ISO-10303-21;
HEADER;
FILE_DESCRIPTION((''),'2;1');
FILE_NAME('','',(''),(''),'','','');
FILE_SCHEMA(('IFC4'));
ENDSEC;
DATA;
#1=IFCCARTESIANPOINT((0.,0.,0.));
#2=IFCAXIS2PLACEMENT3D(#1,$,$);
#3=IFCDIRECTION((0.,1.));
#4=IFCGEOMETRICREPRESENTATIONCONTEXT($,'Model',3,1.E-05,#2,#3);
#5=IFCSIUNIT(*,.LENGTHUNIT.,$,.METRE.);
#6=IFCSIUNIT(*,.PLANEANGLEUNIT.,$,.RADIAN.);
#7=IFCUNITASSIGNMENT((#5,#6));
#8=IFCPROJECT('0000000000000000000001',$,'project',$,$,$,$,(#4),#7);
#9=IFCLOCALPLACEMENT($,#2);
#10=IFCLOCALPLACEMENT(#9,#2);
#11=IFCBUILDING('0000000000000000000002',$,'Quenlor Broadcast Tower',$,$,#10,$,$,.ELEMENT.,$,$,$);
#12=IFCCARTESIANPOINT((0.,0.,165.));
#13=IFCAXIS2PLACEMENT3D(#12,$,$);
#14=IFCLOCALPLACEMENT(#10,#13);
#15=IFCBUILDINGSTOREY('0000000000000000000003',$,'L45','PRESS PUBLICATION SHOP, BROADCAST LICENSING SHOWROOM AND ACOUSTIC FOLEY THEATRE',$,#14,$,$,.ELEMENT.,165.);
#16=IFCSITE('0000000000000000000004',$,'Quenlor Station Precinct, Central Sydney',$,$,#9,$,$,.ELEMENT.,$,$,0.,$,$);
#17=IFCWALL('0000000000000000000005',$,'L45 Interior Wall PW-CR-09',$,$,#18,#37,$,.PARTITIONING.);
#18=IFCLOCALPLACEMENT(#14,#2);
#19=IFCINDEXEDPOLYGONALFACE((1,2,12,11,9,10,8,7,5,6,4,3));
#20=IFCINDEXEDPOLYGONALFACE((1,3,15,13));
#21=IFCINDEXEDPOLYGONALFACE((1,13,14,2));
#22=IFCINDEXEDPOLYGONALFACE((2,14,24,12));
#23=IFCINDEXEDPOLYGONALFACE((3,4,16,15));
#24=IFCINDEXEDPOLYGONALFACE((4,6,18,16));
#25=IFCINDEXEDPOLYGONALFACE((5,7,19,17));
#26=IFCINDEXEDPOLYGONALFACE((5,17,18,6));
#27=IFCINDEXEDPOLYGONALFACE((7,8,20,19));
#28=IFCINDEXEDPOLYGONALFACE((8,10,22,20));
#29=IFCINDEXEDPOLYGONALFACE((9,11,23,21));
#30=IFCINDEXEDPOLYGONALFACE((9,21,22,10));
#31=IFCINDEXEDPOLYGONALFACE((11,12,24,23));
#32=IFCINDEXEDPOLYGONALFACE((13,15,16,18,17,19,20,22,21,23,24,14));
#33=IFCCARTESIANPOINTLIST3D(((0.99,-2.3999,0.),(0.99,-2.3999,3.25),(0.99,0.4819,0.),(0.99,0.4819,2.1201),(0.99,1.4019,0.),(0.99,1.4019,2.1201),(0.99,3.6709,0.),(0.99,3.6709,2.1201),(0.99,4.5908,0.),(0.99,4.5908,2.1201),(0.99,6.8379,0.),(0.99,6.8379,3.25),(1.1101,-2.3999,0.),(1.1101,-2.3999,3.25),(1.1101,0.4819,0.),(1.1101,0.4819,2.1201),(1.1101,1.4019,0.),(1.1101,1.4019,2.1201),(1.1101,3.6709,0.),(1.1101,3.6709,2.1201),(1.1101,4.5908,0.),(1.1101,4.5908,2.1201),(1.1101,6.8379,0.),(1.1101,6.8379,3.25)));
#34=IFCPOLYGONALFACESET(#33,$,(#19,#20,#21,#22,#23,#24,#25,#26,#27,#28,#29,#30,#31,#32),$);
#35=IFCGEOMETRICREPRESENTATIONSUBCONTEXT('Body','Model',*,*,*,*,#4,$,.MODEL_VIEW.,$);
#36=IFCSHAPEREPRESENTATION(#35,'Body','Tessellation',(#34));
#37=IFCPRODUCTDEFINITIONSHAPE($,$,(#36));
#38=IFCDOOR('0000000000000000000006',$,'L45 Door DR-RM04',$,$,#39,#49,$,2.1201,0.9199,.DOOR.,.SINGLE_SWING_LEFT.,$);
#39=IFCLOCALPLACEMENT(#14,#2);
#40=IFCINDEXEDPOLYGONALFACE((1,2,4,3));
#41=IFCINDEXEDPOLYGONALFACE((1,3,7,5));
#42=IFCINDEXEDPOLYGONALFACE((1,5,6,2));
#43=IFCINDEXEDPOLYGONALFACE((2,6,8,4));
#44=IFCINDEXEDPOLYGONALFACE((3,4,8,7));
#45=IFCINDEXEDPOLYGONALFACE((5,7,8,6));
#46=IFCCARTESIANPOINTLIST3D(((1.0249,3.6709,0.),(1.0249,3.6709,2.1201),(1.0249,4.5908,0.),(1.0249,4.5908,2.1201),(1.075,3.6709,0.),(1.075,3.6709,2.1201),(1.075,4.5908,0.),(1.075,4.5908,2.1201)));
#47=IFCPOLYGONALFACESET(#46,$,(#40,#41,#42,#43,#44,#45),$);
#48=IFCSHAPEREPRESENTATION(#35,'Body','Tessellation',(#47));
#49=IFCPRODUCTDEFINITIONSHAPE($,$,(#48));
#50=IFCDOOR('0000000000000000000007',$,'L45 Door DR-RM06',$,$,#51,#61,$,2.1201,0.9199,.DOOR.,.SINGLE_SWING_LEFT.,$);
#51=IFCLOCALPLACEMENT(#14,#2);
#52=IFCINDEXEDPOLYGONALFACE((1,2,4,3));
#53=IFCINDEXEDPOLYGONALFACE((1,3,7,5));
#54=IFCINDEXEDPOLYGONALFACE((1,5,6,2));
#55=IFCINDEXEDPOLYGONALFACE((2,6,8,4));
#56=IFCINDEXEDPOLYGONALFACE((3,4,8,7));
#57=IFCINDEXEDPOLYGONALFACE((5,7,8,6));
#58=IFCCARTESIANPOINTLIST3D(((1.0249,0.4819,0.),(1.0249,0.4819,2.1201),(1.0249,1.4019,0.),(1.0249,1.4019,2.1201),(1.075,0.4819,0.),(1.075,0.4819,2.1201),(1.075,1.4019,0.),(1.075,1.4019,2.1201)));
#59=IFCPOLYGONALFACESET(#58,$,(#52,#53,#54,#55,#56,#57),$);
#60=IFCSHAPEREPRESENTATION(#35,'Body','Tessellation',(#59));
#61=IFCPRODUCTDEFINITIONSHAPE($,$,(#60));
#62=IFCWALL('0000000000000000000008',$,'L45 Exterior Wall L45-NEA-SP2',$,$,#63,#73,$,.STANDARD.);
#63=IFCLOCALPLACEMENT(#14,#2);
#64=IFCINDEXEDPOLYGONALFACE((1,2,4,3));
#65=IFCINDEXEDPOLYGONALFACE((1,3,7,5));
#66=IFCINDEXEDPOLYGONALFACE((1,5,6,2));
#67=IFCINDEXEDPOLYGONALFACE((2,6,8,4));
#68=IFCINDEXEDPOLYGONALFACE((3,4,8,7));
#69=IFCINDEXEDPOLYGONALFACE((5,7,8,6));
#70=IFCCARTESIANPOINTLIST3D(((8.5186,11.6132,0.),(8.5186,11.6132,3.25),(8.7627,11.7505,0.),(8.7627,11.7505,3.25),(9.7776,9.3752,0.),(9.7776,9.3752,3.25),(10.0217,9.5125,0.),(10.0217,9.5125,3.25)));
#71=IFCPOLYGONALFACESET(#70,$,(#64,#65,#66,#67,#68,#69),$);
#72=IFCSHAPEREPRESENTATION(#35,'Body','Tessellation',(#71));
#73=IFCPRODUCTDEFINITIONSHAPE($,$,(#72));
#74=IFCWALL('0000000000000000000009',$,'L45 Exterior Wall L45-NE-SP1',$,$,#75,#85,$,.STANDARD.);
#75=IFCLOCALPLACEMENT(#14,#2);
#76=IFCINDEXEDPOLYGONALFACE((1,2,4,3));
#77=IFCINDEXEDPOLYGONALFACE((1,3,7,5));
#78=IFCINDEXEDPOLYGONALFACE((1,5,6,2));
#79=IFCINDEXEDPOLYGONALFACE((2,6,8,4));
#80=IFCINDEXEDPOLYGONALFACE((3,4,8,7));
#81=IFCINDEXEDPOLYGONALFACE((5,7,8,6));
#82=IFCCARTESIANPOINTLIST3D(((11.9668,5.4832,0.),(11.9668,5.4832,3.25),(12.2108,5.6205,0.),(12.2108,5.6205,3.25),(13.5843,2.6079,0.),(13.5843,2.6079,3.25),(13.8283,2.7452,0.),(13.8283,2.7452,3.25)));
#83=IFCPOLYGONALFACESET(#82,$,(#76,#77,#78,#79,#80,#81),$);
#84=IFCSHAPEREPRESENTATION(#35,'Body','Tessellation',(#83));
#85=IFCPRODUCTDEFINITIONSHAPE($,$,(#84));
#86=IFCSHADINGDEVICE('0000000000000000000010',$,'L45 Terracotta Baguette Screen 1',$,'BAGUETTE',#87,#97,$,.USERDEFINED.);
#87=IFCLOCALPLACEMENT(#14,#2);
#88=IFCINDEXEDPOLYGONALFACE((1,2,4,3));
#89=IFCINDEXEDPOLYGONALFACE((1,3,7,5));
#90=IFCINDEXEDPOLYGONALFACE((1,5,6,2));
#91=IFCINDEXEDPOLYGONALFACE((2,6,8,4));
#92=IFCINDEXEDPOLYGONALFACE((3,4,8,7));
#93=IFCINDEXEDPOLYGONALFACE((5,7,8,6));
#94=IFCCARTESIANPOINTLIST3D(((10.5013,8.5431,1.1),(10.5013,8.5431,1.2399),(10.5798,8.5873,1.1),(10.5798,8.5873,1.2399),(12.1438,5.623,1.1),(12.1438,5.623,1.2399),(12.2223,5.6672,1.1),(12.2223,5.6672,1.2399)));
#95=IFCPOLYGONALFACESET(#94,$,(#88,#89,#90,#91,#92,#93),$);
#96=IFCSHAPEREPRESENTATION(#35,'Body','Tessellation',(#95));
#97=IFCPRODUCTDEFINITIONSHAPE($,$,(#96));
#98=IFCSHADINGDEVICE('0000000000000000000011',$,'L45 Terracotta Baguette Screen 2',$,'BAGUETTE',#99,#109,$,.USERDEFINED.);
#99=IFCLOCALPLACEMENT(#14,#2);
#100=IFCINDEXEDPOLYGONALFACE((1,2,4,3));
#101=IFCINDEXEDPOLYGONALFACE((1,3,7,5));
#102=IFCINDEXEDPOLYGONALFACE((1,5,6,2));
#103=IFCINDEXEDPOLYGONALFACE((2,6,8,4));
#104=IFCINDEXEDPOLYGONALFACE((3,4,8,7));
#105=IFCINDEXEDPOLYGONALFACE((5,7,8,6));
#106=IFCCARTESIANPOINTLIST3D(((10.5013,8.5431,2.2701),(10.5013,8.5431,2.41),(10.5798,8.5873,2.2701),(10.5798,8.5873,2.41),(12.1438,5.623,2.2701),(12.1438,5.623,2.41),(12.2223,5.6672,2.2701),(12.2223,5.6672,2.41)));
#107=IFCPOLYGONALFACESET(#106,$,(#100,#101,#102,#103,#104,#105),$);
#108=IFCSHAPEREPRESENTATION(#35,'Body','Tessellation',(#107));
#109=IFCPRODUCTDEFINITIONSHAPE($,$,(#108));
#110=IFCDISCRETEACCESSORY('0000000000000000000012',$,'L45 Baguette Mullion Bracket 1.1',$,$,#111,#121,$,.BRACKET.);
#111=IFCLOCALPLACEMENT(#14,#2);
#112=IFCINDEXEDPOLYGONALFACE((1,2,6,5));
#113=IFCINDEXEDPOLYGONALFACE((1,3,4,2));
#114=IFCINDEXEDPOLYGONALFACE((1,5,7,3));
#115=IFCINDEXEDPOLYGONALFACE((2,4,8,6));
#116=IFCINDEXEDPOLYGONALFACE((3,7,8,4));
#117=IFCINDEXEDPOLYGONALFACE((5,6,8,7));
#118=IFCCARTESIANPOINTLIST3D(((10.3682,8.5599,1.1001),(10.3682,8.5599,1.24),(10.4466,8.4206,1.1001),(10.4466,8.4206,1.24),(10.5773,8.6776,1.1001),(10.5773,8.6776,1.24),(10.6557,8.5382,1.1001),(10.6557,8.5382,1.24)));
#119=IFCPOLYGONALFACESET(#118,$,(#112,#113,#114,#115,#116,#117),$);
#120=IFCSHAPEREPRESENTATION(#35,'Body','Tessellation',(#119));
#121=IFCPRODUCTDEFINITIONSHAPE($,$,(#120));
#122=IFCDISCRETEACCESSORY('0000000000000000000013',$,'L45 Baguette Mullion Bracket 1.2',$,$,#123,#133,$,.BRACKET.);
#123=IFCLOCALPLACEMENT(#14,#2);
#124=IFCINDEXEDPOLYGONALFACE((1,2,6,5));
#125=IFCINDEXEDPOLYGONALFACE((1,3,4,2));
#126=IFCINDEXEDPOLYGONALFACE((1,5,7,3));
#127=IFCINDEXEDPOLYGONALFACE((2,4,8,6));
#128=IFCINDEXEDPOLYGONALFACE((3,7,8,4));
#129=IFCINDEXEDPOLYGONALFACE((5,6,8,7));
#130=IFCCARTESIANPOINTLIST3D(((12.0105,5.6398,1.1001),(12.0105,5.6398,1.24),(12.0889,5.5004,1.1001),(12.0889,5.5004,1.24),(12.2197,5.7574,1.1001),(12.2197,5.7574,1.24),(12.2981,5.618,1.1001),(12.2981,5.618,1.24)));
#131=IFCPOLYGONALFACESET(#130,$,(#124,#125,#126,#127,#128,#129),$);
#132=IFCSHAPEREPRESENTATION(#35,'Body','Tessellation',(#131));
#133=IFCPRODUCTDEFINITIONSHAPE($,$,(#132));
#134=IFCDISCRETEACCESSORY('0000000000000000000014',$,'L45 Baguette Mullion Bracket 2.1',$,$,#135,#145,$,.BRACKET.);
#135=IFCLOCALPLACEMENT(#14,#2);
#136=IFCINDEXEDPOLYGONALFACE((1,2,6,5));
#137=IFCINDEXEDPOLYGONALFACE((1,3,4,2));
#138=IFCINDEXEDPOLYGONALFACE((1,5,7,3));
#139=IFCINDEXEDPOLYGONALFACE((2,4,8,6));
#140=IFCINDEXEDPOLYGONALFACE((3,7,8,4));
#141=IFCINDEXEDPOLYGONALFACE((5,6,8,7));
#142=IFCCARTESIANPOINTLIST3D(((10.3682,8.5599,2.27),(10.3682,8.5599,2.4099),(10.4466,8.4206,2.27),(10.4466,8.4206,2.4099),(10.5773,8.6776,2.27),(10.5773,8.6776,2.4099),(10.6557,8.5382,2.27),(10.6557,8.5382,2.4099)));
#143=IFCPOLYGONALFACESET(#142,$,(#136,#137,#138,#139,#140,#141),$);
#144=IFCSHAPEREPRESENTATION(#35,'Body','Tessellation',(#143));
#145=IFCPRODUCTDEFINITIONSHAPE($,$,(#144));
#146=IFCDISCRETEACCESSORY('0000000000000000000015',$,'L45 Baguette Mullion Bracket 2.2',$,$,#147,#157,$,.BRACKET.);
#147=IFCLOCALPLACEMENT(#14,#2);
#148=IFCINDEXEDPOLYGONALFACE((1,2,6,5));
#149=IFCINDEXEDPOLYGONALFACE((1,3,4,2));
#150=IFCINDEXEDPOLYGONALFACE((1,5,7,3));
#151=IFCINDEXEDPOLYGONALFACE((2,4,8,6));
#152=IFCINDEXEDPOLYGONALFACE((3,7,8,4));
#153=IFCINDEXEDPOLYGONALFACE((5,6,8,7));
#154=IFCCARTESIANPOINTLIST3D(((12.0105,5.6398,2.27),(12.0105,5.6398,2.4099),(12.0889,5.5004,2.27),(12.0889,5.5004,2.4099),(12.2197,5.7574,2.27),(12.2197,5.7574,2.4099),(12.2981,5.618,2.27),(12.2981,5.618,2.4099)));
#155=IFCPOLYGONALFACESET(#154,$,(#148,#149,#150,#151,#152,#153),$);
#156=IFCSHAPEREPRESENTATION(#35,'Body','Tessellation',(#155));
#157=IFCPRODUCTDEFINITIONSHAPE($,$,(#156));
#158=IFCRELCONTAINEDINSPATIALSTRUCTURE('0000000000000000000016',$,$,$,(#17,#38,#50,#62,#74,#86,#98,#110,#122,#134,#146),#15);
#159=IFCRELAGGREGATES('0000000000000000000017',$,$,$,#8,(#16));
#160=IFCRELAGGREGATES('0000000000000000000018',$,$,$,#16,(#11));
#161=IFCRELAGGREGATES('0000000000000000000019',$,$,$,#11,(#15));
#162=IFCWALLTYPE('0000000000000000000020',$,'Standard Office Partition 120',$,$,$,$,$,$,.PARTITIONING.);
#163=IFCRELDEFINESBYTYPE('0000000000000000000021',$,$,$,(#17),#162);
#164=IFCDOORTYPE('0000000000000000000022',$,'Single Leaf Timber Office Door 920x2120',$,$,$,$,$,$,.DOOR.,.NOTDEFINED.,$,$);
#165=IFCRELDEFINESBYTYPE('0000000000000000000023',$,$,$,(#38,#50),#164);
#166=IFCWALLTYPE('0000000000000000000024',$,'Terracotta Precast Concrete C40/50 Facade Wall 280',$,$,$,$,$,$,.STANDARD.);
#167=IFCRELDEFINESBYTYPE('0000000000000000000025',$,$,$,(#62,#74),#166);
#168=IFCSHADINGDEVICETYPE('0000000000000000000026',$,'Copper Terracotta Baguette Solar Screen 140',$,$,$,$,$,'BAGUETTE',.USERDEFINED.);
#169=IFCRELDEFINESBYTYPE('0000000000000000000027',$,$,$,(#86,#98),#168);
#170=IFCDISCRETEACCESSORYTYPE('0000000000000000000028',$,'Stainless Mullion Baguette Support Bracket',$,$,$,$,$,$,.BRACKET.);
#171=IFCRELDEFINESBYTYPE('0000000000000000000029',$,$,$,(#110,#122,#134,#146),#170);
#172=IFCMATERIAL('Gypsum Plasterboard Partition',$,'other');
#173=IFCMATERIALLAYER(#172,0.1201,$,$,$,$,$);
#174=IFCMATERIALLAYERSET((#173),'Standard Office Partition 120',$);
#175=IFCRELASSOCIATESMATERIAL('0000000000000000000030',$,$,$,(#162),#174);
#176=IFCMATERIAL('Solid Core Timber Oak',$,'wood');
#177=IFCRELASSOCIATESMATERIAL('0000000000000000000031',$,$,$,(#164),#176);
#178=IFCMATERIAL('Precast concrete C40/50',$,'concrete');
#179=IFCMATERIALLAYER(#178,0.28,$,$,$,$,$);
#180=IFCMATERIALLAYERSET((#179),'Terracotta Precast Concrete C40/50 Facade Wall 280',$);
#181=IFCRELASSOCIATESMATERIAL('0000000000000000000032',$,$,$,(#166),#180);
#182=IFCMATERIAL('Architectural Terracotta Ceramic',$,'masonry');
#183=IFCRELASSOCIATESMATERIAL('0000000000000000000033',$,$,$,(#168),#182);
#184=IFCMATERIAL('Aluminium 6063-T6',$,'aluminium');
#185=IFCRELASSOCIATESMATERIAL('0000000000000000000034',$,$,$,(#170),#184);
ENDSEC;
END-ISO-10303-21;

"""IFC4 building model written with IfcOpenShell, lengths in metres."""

from ifc_helpers import new_model, si_unit, direction, frame, frame_2d, origin, origin_2d, place, context, subcontext, project, spatial, rectangle, extrude, material, layer, layer_set, material_profile, profile_set, type_object, element, fill, save


model = new_model("IFC4")

# Units and contexts
model_context = context("Model", 3, precision=1e-05, world=origin(), true_north=direction((0.0, 1.0)))
body_context = subcontext(model_context, "Body", "Model", "MODEL_VIEW")
ifc_project = project(units=[si_unit("LENGTHUNIT", "METRE"), si_unit("PLANEANGLEUNIT", "RADIAN")], contexts=[model_context])

# Site, building, storey
site_placement = place(None, origin())
site = spatial("IfcSite", under=ifc_project, at=site_placement, Name="Quenlor Station Precinct, Central Sydney", CompositionType="ELEMENT", RefElevation=0.0)
building_placement = place(site_placement, origin())
building = spatial("IfcBuilding", under=site, at=building_placement, Name="Quenlor Broadcast Tower", CompositionType="ELEMENT")
storey_placement = place(building_placement, frame((0.0, 0.0, 165.0)))
storey = spatial("IfcBuildingStorey", under=building, at=storey_placement, Name="L45", Description="PRESS PUBLICATION SHOP, BROADCAST LICENSING SHOWROOM AND ACOUSTIC FOLEY THEATRE", CompositionType="ELEMENT", Elevation=165.0)

# Shared definitions
ifc_material_1 = material(Name="Gypsum Plasterboard Partition", Category="other")
ifc_layer_1 = layer(ifc_material_1, 0.1201)
ifc_layer_set_1 = layer_set([ifc_layer_1], Name="Standard Office Partition 120")
wall_type_1 = type_object("IfcWallType", Name="Standard Office Partition 120", PredefinedType="PARTITIONING", material=ifc_layer_set_1)

# Wall, openings, doors
wall_1_placement = place(storey_placement, frame((1.05, 6.8379, 0.0), z_axis=(0.0, 0.0, 1.0), x_axis=(0.0, -1.0, 0.0)))
wall_1 = element("IfcWall", 1, at=wall_1_placement, inside=storey, type_object=wall_type_1, Name="L45 Interior Wall PW-CR-09", PredefinedType="PARTITIONING", context=body_context, shape_type="SweptSolid", body=[
    extrude(rectangle(XDim=9.2378, YDim=0.1201, at=frame_2d((4.6189, 0.0))), origin(), (0.0, 0.0, 1.0), 3.25),
])
opening_1_placement = place(wall_1_placement, frame((2.2471, 0.0, 0.0)))
opening_1 = element("IfcOpeningElement", 2, at=opening_1_placement, cuts=wall_1, PredefinedType="OPENING", context=body_context, shape_type="SweptSolid", body=[
    extrude(rectangle(XDim=0.9199, YDim=2.1201, at=frame_2d((0.46, 1.0601))), frame((0.0, 0.0701, 0.0), z_axis=(0.0, -1.0, 0.0), x_axis=(1.0, 0.0, 0.0)), (0.0, 0.0, 1.0), 0.1401),
])
opening_2_placement = place(wall_1_placement, frame((5.436, 0.0, 0.0)))
opening_2 = element("IfcOpeningElement", 3, at=opening_2_placement, cuts=wall_1, PredefinedType="OPENING", context=body_context, shape_type="SweptSolid", body=[
    extrude(rectangle(XDim=0.9199, YDim=2.1201, at=frame_2d((0.46, 1.0601))), frame((0.0, 0.0701, 0.0), z_axis=(0.0, -1.0, 0.0), x_axis=(1.0, 0.0, 0.0)), (0.0, 0.0, 1.0), 0.1401),
])
ifc_material_2 = material(Name="Solid Core Timber Oak", Category="wood")
door_type = type_object("IfcDoorType", Name="Single Leaf Timber Office Door 920x2120", OperationType="NOTDEFINED", PredefinedType="DOOR", material=ifc_material_2)
door_1_placement = place(opening_1_placement, origin())
door_1 = element("IfcDoor", 4, at=door_1_placement, inside=storey, type_object=door_type, Name="L45 Door DR-RM04", OperationType="SINGLE_SWING_LEFT", OverallHeight=2.1201, OverallWidth=0.9199, PredefinedType="DOOR", context=body_context, shape_type="SweptSolid", body=[
    extrude(rectangle(XDim=0.9199, YDim=2.1201, at=frame_2d((0.46, 1.0601))), frame((0.0, 0.0249, 0.0), z_axis=(0.0, -1.0, 0.0), x_axis=(1.0, 0.0, 0.0)), (0.0, 0.0, 1.0), 0.05),
])
fill(opening_1, door_1)
door_2_placement = place(opening_2_placement, origin())
door_2 = element("IfcDoor", 5, at=door_2_placement, inside=storey, type_object=door_type, Name="L45 Door DR-RM06", OperationType="SINGLE_SWING_LEFT", OverallHeight=2.1201, OverallWidth=0.9199, PredefinedType="DOOR", context=body_context, shape_type="SweptSolid", body=[
    extrude(rectangle(XDim=0.9199, YDim=2.1201, at=frame_2d((0.46, 1.0601))), frame((0.0, 0.0249, 0.0), z_axis=(0.0, -1.0, 0.0), x_axis=(1.0, 0.0, 0.0)), (0.0, 0.0, 1.0), 0.05),
])
fill(opening_2, door_2)

# Walls
ifc_material_3 = material(Name="Precast concrete C40/50", Category="concrete")
ifc_layer_2 = layer(ifc_material_3, 0.28)
ifc_layer_set_2 = layer_set([ifc_layer_2], Name="Terracotta Precast Concrete C40/50 Facade Wall 280")
wall_type_2 = type_object("IfcWallType", Name="Terracotta Precast Concrete C40/50 Facade Wall 280", PredefinedType="STANDARD", material=ifc_layer_set_2)
wall_2_placement = place(storey_placement, frame((8.6406, 11.6819, 0.0), z_axis=(0.0, 0.0, 1.0), x_axis=(0.490302, -0.871553, 0.0)))
element("IfcWall", 6, at=wall_2_placement, inside=storey, type_object=wall_type_2, Name="L45 Exterior Wall L45-NEA-SP2", PredefinedType="STANDARD", context=body_context, shape_type="SweptSolid", body=[
    extrude(rectangle(XDim=2.5679, YDim=0.28, at=frame_2d((1.2839, 0.0))), origin(), (0.0, 0.0, 1.0), 3.25),
])
wall_3_placement = place(storey_placement, frame((12.0889, 5.5518, 0.0), z_axis=(0.0, 0.0, 1.0), x_axis=(0.490286, -0.871562, 0.0)))
element("IfcWall", 7, at=wall_3_placement, inside=storey, type_object=wall_type_2, Name="L45 Exterior Wall L45-NE-SP1", PredefinedType="STANDARD", context=body_context, shape_type="SweptSolid", body=[
    extrude(rectangle(XDim=3.2991, YDim=0.28, at=frame_2d((1.6494, 0.0))), origin(), (0.0, 0.0, 1.0), 3.25),
])

# Shading devices
ifc_material_4 = material(Name="Architectural Terracotta Ceramic", Category="masonry")
ifc_material_profile_1 = material_profile(ifc_material_4, rectangle(XDim=0.0901, YDim=0.1399, at=origin_2d()))
ifc_profile_set_1 = profile_set([ifc_material_profile_1], Name="Architectural Terracotta Ceramic BAG90x140")
shading_device_type = type_object("IfcShadingDeviceType", Name="Copper Terracotta Baguette Solar Screen 140", ElementType="BAGUETTE", PredefinedType="USERDEFINED", material=ifc_profile_set_1)
for number, where, z_axis, x_axis, name in (
    (8, (10.5405, 8.5652, 1.1699), (0.490258, -0.871577, 0.0), (0.871577, 0.490258, 0.0), "L45 Terracotta Baguette Screen 1"),
    (9, (10.5405, 8.5652, 2.3401), (0.490258, -0.871577, 0.0), (0.871577, 0.490258, 0.0), "L45 Terracotta Baguette Screen 2"),
):
    element("IfcShadingDevice", number, at=place(storey_placement, frame(where, z_axis=z_axis, x_axis=x_axis)), inside=storey, type_object=shading_device_type, Name=name, ObjectType="BAGUETTE", PredefinedType="USERDEFINED", context=body_context, shape_type="SweptSolid", body=[
        extrude(rectangle(XDim=0.0901, YDim=0.1399, at=origin_2d()), origin(), (0.0, 0.0, 1.0), 3.3503),
    ])

# Discrete accessories
ifc_material_5 = material(Name="Aluminium 6063-T6", Category="aluminium")
discrete_accessory_type = type_object("IfcDiscreteAccessoryType", Name="Stainless Mullion Baguette Support Bracket", PredefinedType="BRACKET", material=ifc_material_5)
for number, where, z_axis, x_axis, name in (
    (10, (10.512, 8.5491, 1.1001), (0.0, 0.0, 1.0), (0.490256, -0.871579, 0.0), "L45 Baguette Mullion Bracket 1.1"),
    (11, (12.1543, 5.6289, 1.1001), (0.0, 0.0, 1.0), (0.490256, -0.871579, 0.0), "L45 Baguette Mullion Bracket 1.2"),
    (12, (10.512, 8.5491, 2.27), (0.0, 0.0, 1.0), (0.490256, -0.871579, 0.0), "L45 Baguette Mullion Bracket 2.1"),
    (13, (12.1543, 5.6289, 2.27), (0.0, 0.0, 1.0), (0.490256, -0.871579, 0.0), "L45 Baguette Mullion Bracket 2.2"),
):
    element("IfcDiscreteAccessory", number, at=place(storey_placement, frame(where, z_axis=z_axis, x_axis=x_axis)), inside=storey, type_object=discrete_accessory_type, Name=name, PredefinedType="BRACKET", context=body_context, shape_type="SweptSolid", body=[
        extrude(rectangle(XDim=0.1599, YDim=0.24, at=origin_2d()), origin(), (0.0, 0.0, 1.0), 0.1399),
    ])

save(model, "model.ifc")
